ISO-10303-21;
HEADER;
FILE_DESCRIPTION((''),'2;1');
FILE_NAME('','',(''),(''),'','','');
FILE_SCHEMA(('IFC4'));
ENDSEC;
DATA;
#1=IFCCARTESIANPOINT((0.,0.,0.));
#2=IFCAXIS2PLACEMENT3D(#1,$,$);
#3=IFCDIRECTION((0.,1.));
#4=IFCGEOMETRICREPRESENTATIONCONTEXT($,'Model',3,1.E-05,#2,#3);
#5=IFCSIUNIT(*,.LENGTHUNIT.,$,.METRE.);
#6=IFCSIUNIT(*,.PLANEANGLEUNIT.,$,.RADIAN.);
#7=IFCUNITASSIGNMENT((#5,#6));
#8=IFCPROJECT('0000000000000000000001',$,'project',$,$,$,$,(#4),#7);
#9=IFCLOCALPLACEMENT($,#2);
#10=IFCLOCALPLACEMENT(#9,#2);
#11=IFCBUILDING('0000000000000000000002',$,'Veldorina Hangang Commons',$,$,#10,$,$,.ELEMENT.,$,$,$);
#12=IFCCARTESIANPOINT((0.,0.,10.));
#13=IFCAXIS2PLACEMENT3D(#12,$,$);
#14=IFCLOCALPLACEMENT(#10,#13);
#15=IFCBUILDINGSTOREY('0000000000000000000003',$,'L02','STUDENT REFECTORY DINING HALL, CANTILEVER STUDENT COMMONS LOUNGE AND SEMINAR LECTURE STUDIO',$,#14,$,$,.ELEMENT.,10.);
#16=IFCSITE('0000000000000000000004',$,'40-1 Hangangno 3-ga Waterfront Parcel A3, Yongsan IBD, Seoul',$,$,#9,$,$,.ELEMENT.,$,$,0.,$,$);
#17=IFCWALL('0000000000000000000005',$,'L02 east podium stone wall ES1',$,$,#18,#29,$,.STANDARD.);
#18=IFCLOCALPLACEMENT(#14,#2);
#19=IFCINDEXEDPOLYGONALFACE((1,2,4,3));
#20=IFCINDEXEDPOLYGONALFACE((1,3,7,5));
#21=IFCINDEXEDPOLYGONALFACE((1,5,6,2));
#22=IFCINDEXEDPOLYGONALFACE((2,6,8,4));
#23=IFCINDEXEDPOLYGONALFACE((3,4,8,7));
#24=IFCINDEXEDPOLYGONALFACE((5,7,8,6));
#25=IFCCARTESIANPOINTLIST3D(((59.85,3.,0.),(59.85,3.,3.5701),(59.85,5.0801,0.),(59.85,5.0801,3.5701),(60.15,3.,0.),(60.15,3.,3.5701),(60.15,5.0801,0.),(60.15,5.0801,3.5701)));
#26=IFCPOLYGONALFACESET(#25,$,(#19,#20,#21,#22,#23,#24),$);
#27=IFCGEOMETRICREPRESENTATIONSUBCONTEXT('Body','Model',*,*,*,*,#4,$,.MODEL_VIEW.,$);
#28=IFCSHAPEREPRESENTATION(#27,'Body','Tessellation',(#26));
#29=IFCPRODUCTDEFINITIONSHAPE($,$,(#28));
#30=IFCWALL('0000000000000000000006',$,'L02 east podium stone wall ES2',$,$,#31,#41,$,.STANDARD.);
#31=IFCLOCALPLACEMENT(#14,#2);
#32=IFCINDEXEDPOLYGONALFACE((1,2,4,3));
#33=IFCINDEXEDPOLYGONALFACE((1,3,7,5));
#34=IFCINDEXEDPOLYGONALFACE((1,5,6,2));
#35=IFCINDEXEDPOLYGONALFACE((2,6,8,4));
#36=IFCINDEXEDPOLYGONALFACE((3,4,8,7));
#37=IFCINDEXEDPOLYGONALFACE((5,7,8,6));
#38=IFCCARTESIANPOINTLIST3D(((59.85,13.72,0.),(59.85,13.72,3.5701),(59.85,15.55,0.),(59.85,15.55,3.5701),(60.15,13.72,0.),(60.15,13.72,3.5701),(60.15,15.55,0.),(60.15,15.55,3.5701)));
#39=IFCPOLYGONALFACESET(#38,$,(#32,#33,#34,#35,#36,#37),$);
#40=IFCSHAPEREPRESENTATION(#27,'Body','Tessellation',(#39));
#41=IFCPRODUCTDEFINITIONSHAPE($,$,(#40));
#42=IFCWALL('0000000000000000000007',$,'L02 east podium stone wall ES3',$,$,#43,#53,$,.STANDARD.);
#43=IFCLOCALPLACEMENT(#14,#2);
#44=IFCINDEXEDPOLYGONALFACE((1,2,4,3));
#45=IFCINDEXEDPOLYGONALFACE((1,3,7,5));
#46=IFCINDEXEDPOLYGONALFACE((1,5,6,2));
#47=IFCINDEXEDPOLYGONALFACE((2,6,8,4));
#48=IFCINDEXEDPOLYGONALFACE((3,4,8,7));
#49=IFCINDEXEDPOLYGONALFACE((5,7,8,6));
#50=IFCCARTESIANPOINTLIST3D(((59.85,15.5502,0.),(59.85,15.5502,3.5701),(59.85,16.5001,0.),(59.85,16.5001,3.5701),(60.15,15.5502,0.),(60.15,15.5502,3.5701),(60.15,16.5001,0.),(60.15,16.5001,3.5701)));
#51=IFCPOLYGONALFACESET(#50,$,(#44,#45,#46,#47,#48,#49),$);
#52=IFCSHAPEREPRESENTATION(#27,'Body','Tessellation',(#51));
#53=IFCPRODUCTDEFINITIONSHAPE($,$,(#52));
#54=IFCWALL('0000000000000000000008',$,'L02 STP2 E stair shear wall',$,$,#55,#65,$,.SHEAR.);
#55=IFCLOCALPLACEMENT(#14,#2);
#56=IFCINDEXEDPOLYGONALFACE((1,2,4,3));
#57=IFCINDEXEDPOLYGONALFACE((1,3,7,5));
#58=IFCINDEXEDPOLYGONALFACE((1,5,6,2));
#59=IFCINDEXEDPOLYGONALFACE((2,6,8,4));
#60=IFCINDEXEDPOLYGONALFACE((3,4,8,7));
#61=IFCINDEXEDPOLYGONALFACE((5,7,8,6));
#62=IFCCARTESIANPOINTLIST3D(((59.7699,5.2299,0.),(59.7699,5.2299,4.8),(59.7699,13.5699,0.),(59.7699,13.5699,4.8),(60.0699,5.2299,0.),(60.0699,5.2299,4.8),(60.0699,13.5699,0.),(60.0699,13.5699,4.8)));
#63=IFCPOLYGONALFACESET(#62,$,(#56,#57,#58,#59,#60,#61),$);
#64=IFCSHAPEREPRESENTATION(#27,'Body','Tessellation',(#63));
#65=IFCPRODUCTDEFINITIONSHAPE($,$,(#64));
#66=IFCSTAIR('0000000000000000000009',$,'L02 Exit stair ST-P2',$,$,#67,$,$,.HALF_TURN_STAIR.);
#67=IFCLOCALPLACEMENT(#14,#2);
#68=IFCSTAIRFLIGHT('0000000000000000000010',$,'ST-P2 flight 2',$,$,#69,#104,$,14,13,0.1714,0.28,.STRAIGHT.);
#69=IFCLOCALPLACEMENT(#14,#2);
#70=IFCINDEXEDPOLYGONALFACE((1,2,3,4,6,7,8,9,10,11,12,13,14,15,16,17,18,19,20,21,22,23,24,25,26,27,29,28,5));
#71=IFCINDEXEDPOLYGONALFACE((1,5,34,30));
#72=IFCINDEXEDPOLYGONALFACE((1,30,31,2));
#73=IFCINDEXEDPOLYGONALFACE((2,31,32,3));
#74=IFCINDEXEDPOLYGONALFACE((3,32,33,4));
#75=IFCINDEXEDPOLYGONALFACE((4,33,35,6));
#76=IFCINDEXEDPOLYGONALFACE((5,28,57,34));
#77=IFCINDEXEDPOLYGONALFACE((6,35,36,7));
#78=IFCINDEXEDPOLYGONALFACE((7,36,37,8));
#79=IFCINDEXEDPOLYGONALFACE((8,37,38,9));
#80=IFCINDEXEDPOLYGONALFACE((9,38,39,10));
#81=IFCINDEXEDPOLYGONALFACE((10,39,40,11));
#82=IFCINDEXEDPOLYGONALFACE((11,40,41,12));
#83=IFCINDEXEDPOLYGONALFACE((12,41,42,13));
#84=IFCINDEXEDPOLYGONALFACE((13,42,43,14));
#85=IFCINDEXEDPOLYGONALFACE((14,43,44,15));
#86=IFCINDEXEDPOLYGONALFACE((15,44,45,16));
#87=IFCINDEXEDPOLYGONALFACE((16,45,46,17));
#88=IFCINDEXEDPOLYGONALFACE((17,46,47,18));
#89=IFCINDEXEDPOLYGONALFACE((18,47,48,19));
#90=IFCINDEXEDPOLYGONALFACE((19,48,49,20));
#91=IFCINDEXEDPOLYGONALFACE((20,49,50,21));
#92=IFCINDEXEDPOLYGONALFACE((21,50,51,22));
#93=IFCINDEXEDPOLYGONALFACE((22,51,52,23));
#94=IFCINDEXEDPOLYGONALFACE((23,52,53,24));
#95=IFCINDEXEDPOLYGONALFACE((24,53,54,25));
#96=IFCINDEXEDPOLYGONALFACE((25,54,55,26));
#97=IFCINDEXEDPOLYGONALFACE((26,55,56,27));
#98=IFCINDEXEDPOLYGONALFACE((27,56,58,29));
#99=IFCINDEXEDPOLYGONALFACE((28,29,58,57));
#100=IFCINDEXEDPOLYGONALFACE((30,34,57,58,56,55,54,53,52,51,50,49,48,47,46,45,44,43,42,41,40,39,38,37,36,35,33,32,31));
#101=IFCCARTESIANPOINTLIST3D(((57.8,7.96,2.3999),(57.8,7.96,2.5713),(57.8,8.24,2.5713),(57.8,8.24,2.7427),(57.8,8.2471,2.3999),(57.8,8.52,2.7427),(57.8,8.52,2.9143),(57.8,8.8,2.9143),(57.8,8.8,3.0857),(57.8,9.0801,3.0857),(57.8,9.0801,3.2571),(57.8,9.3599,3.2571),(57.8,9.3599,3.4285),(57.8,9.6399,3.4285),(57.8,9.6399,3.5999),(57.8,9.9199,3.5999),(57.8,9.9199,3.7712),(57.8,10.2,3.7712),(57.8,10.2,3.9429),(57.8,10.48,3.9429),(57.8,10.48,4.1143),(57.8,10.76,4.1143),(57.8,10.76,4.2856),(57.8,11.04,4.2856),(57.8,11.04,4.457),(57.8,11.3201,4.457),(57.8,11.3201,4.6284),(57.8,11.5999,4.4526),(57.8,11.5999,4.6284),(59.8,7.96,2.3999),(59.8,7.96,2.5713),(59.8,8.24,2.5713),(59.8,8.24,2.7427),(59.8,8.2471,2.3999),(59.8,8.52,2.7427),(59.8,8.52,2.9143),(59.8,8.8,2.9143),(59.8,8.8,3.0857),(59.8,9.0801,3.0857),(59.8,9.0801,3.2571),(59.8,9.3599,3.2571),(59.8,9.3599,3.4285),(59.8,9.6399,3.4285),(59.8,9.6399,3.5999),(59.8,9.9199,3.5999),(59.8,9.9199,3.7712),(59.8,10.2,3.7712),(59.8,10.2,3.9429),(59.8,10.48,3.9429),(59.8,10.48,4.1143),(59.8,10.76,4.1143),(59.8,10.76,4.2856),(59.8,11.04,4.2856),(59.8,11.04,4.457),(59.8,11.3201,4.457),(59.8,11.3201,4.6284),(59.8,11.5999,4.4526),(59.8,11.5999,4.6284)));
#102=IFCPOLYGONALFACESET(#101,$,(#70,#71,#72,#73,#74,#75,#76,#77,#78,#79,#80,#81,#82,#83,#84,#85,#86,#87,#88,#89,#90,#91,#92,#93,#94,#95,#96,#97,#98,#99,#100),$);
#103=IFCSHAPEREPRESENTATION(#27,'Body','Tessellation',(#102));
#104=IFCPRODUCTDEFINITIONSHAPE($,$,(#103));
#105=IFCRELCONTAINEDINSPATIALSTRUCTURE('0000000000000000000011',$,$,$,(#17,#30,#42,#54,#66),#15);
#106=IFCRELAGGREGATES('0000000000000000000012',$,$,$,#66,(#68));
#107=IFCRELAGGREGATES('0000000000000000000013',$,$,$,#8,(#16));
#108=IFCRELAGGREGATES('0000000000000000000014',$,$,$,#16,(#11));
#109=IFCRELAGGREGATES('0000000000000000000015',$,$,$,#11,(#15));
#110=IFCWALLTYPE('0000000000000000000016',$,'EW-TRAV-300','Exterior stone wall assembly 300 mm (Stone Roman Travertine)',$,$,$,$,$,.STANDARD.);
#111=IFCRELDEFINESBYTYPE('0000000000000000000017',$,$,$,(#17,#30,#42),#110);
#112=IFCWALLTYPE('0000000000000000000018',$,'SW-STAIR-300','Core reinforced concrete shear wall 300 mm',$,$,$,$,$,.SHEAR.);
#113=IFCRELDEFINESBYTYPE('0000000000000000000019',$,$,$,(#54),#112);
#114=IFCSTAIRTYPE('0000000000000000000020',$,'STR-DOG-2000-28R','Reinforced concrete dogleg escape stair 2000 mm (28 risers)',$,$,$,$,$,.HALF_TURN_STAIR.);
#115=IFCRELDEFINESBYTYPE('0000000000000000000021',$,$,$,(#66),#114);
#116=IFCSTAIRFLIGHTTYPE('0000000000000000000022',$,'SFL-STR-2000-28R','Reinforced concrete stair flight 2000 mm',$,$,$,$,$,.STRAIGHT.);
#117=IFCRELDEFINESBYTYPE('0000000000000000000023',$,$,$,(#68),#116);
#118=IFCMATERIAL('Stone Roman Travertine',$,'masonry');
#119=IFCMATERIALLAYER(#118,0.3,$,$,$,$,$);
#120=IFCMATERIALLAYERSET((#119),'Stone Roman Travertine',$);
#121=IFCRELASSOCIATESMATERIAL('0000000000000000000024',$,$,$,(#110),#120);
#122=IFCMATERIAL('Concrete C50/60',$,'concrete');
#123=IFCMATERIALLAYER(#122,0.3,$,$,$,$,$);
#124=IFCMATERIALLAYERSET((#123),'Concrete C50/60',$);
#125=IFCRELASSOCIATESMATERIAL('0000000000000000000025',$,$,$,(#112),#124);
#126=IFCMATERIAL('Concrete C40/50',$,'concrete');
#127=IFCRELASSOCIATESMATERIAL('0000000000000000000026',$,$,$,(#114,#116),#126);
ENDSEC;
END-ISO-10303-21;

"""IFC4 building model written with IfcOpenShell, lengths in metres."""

from ifc_helpers import new_model, si_unit, direction, frame, frame_2d, origin, place, context, subcontext, project, spatial, polyline, rectangle, outline, extrude, material, layer, layer_set, type_object, element, aggregate, save


model = new_model("IFC4")

# Units and contexts
model_context = context("Model", 3, precision=1e-05, world=origin(), true_north=direction((0.0, 1.0)))
body_context = subcontext(model_context, "Body", "Model", "MODEL_VIEW")
ifc_project = project(units=[si_unit("LENGTHUNIT", "METRE"), si_unit("PLANEANGLEUNIT", "RADIAN")], contexts=[model_context])

# Site, building, storey
site_placement = place(None, origin())
site = spatial("IfcSite", under=ifc_project, at=site_placement, Name="40-1 Hangangno 3-ga Waterfront Parcel A3, Yongsan IBD, Seoul", CompositionType="ELEMENT", RefElevation=0.0)
building_placement = place(site_placement, origin())
building = spatial("IfcBuilding", under=site, at=building_placement, Name="Veldorina Hangang Commons", CompositionType="ELEMENT")
storey_placement = place(building_placement, frame((0.0, 0.0, 10.0)))
storey = spatial("IfcBuildingStorey", under=building, at=storey_placement, Name="L02", Description="STUDENT REFECTORY DINING HALL, CANTILEVER STUDENT COMMONS LOUNGE AND SEMINAR LECTURE STUDIO", CompositionType="ELEMENT", Elevation=10.0)

# Shared definitions
ifc_material_1 = material(Name="Stone Roman Travertine", Category="masonry")

# Walls
ifc_layer_1 = layer(ifc_material_1, 0.3)
ifc_layer_set_1 = layer_set([ifc_layer_1], Name="Stone Roman Travertine")
wall_type_1 = type_object("IfcWallType", Name="EW-TRAV-300", Description="Exterior stone wall assembly 300 mm (Stone Roman Travertine)", PredefinedType="STANDARD", material=ifc_layer_set_1)
wall_1_placement = place(storey_placement, frame((60.0, 3.0, 0.0), z_axis=(0.0, 0.0, 1.0), x_axis=(0.0, 1.0, 0.0)))
element("IfcWall", 1, at=wall_1_placement, inside=storey, type_object=wall_type_1, Name="L02 east podium stone wall ES1", PredefinedType="STANDARD", context=body_context, shape_type="SweptSolid", body=[
    extrude(rectangle(XDim=2.0801, YDim=0.3, at=frame_2d((1.04, 0.0))), origin(), (0.0, 0.0, 1.0), 3.5701),
])
wall_2_placement = place(storey_placement, frame((60.0, 13.72, 0.0), z_axis=(0.0, 0.0, 1.0), x_axis=(0.0, 1.0, 0.0)))
element("IfcWall", 2, at=wall_2_placement, inside=storey, type_object=wall_type_1, Name="L02 east podium stone wall ES2", PredefinedType="STANDARD", context=body_context, shape_type="SweptSolid", body=[
    extrude(rectangle(XDim=1.8301, YDim=0.3, at=frame_2d((0.915, 0.0))), origin(), (0.0, 0.0, 1.0), 3.5701),
])
wall_3_placement = place(storey_placement, frame((60.0, 15.55, 0.0), z_axis=(0.0, 0.0, 1.0), x_axis=(0.0, 1.0, 0.0)))
element("IfcWall", 3, at=wall_3_placement, inside=storey, type_object=wall_type_1, Name="L02 east podium stone wall ES3", PredefinedType="STANDARD", context=body_context, shape_type="SweptSolid", body=[
    extrude(rectangle(XDim=0.95, YDim=0.3, at=frame_2d((0.4751, 0.0))), origin(), (0.0, 0.0, 1.0), 3.5701),
])
ifc_material_2 = material(Name="Concrete C50/60", Category="concrete")
ifc_layer_2 = layer(ifc_material_2, 0.3)
ifc_layer_set_2 = layer_set([ifc_layer_2], Name="Concrete C50/60")
wall_type_2 = type_object("IfcWallType", Name="SW-STAIR-300", Description="Core reinforced concrete shear wall 300 mm", PredefinedType="SHEAR", material=ifc_layer_set_2)
wall_4_placement = place(storey_placement, frame((59.9199, 5.23, 0.0), z_axis=(0.0, 0.0, 1.0), x_axis=(0.0, 1.0, 0.0)))
element("IfcWall", 4, at=wall_4_placement, inside=storey, type_object=wall_type_2, Name="L02 STP2 E stair shear wall", PredefinedType="SHEAR", context=body_context, shape_type="SweptSolid", body=[
    extrude(rectangle(XDim=8.3401, YDim=0.3, at=frame_2d((4.1699, 0.0))), origin(), (0.0, 0.0, 1.0), 4.8),
])

# Stair, stair flight
ifc_material_3 = material(Name="Concrete C40/50", Category="concrete")
stair_type = type_object("IfcStairType", Name="STR-DOG-2000-28R", Description="Reinforced concrete dogleg escape stair 2000 mm (28 risers)", PredefinedType="HALF_TURN_STAIR", material=ifc_material_3)
stair_placement = place(storey_placement, origin())
stair = element("IfcStair", 5, at=stair_placement, inside=storey, type_object=stair_type, Name="L02 Exit stair ST-P2", PredefinedType="HALF_TURN_STAIR")
stair_flight_type = type_object("IfcStairFlightType", Name="SFL-STR-2000-28R", Description="Reinforced concrete stair flight 2000 mm", PredefinedType="STRAIGHT", material=ifc_material_3)
stair_flight_placement = place(storey_placement, frame((58.8, 7.96, 2.3999), z_axis=(0.0, 0.0, 1.0), x_axis=(0.0, 1.0, 0.0)))
stair_flight = element("IfcStairFlight", 6, at=stair_flight_placement, type_object=stair_flight_type, Name="ST-P2 flight 2", NumberOfRisers=14, NumberOfTreads=13, PredefinedType="STRAIGHT", RiserHeight=0.1714, TreadLength=0.28, context=body_context, shape_type="SweptSolid", body=[
    extrude(outline(polyline([(0.0, 0.0), (0.0, 0.1714), (0.28, 0.1714), (0.28, 0.3428), (0.5601, 0.3428), (0.5601, 0.5144), (0.8401, 0.5144), (0.8401, 0.6858), (1.1201, 0.6858), (1.1201, 0.8572), (1.3999, 0.8572), (1.3999, 1.0286), (1.6799, 1.0286), (1.6799, 1.2), (1.96, 1.2), (1.96, 1.3713), (2.24, 1.3713), (2.24, 1.543), (2.52, 1.543), (2.52, 1.7144), (2.8, 1.7144), (2.8, 1.8857), (3.0801, 1.8857), (3.0801, 2.0571), (3.3601, 2.0571), (3.3601, 2.2285), (3.6399, 2.2285), (3.6399, 2.3999), (3.6399, 2.0527), (0.2871, 0.0), (0.0, 0.0)])), frame((0.0, 1.0, 0.0), z_axis=(0.0, -1.0, 0.0), x_axis=(1.0, 0.0, 0.0)), (0.0, 0.0, 1.0), 2.0),
])
aggregate(stair, [stair_flight])

save(model, "model.ifc")
